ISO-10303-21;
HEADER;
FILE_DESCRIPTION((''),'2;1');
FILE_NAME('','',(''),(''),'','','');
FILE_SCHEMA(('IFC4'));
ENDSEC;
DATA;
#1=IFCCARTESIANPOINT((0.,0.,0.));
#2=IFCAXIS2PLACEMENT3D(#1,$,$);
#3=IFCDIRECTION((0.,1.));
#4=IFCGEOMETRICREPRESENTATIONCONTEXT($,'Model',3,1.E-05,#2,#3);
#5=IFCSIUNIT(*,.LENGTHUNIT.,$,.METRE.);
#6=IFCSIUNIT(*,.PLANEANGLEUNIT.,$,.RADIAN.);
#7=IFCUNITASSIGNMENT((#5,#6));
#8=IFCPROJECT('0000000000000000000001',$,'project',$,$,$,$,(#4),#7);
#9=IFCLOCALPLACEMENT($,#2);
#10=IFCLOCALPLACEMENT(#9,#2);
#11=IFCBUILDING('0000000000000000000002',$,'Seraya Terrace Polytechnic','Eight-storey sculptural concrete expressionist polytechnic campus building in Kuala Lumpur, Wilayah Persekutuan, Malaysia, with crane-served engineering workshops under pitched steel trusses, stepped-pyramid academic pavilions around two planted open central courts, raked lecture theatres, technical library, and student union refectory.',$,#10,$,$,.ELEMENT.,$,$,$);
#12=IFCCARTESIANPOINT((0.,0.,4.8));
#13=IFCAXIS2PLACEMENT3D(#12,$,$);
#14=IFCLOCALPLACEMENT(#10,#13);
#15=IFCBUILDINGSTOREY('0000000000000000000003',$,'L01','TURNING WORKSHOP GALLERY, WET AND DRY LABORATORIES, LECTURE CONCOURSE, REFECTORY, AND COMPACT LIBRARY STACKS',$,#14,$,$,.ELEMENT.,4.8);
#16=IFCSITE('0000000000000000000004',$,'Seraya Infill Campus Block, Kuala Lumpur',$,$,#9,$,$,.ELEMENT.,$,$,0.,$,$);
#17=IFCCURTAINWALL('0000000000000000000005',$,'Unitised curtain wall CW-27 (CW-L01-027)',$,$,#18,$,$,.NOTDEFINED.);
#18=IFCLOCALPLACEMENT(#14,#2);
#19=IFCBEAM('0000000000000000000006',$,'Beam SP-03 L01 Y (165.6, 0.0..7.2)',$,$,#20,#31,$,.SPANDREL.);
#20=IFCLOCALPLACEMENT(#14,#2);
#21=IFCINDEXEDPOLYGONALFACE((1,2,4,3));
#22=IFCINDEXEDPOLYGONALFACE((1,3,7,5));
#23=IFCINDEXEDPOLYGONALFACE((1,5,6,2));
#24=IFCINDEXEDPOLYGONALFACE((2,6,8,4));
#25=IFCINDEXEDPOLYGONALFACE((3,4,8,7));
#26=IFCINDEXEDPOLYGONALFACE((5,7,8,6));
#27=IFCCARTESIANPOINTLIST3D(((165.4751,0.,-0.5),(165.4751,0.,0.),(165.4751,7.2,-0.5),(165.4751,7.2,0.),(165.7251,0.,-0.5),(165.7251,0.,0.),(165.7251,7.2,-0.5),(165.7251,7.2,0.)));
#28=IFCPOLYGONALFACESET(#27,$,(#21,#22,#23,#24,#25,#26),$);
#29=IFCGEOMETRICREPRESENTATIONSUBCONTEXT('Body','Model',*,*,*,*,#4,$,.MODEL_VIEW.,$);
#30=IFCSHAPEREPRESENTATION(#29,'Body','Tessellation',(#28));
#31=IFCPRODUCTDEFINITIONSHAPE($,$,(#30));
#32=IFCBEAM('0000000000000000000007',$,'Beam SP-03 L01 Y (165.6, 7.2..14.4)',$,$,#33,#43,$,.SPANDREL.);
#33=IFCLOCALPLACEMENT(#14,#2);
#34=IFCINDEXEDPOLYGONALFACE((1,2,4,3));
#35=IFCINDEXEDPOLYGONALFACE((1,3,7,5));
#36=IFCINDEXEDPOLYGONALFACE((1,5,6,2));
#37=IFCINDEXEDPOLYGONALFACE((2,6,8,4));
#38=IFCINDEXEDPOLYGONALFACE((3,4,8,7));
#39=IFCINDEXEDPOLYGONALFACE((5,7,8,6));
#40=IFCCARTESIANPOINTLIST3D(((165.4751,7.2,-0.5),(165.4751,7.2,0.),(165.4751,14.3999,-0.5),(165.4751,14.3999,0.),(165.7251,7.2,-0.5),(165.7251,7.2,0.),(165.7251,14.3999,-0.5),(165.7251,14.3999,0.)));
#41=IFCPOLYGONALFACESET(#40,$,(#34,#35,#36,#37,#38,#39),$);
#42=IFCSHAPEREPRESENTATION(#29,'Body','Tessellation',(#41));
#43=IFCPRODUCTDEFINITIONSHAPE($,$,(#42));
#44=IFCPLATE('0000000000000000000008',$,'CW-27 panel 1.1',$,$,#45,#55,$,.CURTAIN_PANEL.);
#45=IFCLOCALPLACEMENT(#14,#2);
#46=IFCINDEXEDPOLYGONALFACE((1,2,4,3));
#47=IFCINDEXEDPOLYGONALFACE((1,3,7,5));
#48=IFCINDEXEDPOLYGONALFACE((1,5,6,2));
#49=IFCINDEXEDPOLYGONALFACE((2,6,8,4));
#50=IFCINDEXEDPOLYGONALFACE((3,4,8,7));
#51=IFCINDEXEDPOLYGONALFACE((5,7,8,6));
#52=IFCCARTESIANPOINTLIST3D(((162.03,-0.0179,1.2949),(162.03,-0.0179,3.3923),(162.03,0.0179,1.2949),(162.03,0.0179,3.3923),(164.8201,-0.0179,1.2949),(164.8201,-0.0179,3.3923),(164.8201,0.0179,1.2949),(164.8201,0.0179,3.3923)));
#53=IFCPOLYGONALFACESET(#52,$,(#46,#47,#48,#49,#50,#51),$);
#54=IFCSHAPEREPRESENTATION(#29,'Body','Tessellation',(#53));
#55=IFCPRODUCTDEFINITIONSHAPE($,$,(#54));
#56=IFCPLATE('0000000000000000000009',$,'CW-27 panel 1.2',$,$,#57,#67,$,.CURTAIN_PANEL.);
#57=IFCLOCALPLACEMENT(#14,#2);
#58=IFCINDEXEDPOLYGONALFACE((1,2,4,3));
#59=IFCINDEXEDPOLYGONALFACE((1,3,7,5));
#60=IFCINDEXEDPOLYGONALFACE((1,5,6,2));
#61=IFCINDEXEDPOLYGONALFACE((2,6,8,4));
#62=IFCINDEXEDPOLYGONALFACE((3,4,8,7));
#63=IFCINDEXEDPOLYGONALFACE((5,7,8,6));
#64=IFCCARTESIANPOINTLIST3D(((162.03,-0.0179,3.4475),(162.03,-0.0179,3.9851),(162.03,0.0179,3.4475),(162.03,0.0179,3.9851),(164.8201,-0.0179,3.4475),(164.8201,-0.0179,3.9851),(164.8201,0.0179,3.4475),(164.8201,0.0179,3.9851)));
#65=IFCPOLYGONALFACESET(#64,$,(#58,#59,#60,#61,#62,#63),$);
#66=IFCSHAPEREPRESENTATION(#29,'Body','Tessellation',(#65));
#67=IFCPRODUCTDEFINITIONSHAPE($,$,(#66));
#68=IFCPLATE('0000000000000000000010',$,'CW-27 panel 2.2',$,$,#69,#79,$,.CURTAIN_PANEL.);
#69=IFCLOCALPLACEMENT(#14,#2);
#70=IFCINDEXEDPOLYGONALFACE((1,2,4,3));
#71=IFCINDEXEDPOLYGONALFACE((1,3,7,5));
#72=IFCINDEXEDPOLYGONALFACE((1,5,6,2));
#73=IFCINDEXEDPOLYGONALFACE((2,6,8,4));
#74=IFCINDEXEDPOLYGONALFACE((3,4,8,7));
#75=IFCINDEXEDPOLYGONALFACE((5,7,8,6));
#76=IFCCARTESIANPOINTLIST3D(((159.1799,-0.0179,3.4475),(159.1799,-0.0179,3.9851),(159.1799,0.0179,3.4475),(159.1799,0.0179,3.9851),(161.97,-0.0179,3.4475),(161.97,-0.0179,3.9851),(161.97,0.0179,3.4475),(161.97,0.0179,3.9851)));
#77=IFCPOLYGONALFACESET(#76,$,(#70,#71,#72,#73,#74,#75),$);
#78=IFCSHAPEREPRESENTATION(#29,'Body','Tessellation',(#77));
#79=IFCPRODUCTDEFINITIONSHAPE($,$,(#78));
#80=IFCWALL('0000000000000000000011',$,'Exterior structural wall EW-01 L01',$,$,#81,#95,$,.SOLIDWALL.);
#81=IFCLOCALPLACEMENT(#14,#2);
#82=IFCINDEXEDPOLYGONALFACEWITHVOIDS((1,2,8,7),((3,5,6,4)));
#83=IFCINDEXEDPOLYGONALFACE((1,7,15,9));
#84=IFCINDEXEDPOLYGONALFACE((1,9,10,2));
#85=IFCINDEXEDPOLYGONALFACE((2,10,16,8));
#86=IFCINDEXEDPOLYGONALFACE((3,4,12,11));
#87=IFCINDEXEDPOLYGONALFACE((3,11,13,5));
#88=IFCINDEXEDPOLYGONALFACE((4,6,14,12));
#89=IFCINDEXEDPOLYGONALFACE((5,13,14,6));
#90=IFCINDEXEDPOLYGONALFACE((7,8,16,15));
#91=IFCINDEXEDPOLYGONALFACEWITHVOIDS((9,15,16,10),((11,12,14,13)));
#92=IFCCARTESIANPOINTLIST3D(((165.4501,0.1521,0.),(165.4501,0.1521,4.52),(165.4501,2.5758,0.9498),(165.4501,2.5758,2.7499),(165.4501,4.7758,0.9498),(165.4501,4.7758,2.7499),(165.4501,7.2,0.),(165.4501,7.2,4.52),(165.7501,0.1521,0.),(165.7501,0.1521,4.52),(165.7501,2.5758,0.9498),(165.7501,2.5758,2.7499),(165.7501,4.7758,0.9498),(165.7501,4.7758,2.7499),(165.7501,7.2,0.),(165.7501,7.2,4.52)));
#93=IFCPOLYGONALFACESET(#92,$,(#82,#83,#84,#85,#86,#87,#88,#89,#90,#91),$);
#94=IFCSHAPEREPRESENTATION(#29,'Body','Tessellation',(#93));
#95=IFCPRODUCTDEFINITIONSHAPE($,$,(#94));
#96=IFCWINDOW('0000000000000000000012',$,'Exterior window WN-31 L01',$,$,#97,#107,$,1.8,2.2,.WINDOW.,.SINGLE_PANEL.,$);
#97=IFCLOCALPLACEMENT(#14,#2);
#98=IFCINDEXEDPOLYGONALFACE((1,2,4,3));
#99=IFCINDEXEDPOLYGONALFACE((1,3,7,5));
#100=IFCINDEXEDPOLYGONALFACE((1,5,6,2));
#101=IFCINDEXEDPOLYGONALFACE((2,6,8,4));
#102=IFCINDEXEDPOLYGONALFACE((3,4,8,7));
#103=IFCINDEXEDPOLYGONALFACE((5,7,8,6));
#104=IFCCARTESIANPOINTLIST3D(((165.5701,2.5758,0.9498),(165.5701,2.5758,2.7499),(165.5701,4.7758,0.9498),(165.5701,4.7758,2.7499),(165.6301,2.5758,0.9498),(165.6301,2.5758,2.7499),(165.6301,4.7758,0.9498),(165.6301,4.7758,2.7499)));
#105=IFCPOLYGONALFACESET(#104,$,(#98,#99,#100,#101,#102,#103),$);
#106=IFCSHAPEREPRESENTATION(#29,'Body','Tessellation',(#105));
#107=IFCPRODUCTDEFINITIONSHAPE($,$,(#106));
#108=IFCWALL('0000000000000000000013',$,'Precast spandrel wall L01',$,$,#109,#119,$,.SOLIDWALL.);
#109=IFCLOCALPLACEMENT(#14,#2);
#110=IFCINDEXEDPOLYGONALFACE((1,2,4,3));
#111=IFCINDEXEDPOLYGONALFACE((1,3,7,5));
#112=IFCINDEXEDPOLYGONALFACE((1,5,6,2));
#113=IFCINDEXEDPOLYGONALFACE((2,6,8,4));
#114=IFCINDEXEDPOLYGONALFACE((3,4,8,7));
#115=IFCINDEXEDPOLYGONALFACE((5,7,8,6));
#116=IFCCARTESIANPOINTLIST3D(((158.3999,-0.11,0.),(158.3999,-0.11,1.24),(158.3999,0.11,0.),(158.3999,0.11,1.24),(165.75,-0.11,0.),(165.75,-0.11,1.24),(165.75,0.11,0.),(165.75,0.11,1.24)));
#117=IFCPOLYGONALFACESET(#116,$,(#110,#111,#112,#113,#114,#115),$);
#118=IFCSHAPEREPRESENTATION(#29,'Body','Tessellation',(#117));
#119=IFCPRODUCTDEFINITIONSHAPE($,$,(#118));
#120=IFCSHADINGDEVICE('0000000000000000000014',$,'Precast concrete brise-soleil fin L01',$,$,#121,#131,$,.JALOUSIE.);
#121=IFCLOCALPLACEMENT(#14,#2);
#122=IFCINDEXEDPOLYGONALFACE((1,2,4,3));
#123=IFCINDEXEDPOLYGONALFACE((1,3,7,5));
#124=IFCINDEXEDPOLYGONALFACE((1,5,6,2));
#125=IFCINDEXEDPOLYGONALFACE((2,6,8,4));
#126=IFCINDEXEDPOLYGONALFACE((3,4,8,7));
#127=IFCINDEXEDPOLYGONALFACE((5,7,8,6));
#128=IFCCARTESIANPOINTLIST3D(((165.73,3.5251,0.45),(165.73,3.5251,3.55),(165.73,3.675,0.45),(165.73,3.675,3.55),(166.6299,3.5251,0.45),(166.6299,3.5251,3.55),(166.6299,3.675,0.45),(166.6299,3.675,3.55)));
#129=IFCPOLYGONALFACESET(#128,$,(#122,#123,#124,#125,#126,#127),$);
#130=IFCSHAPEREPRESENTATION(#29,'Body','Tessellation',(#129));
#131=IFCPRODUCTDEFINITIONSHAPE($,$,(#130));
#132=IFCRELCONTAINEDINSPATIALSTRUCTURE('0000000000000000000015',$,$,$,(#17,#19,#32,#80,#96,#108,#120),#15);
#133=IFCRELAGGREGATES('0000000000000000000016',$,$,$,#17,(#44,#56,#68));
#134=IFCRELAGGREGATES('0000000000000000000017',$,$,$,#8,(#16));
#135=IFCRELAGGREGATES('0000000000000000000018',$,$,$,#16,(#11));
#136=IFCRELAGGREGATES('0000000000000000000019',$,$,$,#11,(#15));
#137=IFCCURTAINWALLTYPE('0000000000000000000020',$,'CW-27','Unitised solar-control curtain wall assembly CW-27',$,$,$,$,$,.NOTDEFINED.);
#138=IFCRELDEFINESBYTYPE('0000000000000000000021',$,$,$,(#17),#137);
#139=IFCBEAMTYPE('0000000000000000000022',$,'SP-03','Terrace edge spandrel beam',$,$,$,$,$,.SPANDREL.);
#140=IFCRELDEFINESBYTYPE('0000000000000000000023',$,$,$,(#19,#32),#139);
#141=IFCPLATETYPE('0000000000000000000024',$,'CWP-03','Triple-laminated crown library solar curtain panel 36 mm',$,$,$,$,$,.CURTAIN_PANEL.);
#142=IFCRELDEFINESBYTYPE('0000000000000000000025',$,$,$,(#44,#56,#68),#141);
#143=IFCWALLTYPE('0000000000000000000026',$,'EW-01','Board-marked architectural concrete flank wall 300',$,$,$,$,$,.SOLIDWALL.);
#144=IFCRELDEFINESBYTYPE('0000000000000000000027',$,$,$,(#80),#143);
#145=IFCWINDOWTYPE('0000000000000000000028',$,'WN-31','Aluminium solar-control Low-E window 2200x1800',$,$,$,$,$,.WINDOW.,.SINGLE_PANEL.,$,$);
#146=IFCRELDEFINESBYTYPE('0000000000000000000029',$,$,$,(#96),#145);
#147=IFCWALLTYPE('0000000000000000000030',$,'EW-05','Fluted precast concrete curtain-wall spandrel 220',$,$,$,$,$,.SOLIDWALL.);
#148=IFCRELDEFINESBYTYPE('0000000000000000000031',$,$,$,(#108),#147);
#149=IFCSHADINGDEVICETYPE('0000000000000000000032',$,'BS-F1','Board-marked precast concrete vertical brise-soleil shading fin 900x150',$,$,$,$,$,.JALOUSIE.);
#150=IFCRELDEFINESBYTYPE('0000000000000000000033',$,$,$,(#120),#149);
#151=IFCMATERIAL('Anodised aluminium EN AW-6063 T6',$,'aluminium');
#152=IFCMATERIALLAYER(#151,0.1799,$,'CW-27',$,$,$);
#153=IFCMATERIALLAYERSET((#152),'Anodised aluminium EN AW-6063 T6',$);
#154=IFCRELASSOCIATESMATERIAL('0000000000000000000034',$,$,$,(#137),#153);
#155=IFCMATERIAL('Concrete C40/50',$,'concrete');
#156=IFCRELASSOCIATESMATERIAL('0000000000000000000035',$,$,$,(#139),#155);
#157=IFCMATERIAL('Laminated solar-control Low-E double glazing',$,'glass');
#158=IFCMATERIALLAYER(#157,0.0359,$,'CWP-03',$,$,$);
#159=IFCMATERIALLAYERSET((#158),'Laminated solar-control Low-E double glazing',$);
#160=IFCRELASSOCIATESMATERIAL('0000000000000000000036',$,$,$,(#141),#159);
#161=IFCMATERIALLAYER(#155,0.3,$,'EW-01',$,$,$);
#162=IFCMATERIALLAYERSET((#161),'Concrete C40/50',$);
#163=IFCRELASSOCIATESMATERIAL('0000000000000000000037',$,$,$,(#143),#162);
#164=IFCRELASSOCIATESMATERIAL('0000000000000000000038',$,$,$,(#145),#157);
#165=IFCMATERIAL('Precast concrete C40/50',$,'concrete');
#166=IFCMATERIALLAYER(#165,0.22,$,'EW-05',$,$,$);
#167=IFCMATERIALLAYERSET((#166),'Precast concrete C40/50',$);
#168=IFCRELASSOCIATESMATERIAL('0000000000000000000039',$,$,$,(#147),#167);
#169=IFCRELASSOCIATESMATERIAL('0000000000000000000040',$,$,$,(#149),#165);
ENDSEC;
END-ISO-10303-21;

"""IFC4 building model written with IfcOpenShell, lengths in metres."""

from ifc_helpers import new_model, si_unit, direction, frame, frame_2d, origin, origin_2d, place, context, subcontext, project, spatial, rectangle, extrude, material, layer, layer_set, material_profile, profile_set, type_object, element, fill, aggregate, save


model = new_model("IFC4")

# Units and contexts
model_context = context("Model", 3, precision=1e-05, world=origin(), true_north=direction((0.0, 1.0)))
body_context = subcontext(model_context, "Body", "Model", "MODEL_VIEW")
ifc_project = project(units=[si_unit("LENGTHUNIT", "METRE"), si_unit("PLANEANGLEUNIT", "RADIAN")], contexts=[model_context])

# Site, building, storey
site_placement = place(None, origin())
site = spatial("IfcSite", under=ifc_project, at=site_placement, Name="Seraya Infill Campus Block, Kuala Lumpur", CompositionType="ELEMENT", RefElevation=0.0)
building_placement = place(site_placement, origin())
building = spatial("IfcBuilding", under=site, at=building_placement, Name="Seraya Terrace Polytechnic", Description="Eight-storey sculptural concrete expressionist polytechnic campus building in Kuala Lumpur, Wilayah Persekutuan, Malaysia, with crane-served engineering workshops under pitched steel trusses, stepped-pyramid academic pavilions around two planted open central courts, raked lecture theatres, technical library, and student union refectory.", CompositionType="ELEMENT")
storey_placement = place(building_placement, frame((0.0, 0.0, 4.8)))
storey = spatial("IfcBuildingStorey", under=building, at=storey_placement, Name="L01", Description="TURNING WORKSHOP GALLERY, WET AND DRY LABORATORIES, LECTURE CONCOURSE, REFECTORY, AND COMPACT LIBRARY STACKS", CompositionType="ELEMENT", Elevation=4.8)

# Shared definitions
ifc_material_1 = material(Name="Concrete C40/50", Category="concrete")

# Shared definitions
ifc_material_2 = material(Name="Anodised aluminium EN AW-6063 T6", Category="aluminium")

# Curtain wall
ifc_layer_1 = layer(ifc_material_2, 0.1799, Name="CW-27")
ifc_layer_set_1 = layer_set([ifc_layer_1], Name="Anodised aluminium EN AW-6063 T6")
curtain_wall_type_1 = type_object("IfcCurtainWallType", Name="CW-27", Description="Unitised solar-control curtain wall assembly CW-27", PredefinedType="NOTDEFINED", material=ifc_layer_set_1)
curtain_wall_1_placement = place(storey_placement, origin())
curtain_wall_1 = element("IfcCurtainWall", 1, at=curtain_wall_1_placement, inside=storey, type_object=curtain_wall_type_1, Name="Unitised curtain wall CW-27 (CW-L01-027)", PredefinedType="NOTDEFINED")

# Beams
ifc_material_profile_1 = material_profile(ifc_material_1, rectangle(XDim=0.25, YDim=0.5, at=origin_2d()), Name="RC 250x500")
ifc_profile_set_1 = profile_set([ifc_material_profile_1], Name="Concrete C40/50")
beam_type = type_object("IfcBeamType", Name="SP-03", Description="Terrace edge spandrel beam", PredefinedType="SPANDREL", material=ifc_profile_set_1)
for number, where, z_axis, x_axis, name in (
    (2, (165.6001, 0.0, -0.25), (0.0, 1.0, 0.0), (-1.0, 0.0, 0.0), "Beam SP-03 L01 Y (165.6, 0.0..7.2)"),
    (3, (165.6001, 7.2, -0.25), (0.0, 1.0, 0.0), (-1.0, 0.0, 0.0), "Beam SP-03 L01 Y (165.6, 7.2..14.4)"),
):
    element("IfcBeam", number, at=place(storey_placement, frame(where, z_axis=z_axis, x_axis=x_axis)), inside=storey, type_object=beam_type, Name=name, PredefinedType="SPANDREL", context=body_context, shape_type="SweptSolid", body=[
        extrude(rectangle(XDim=0.25, YDim=0.5, at=origin_2d()), origin(), (0.0, 0.0, 1.0), 7.2),
    ])

# Plates
ifc_material_3 = material(Name="Laminated solar-control Low-E double glazing", Category="glass")
ifc_layer_2 = layer(ifc_material_3, 0.0359, Name="CWP-03")
ifc_layer_set_2 = layer_set([ifc_layer_2], Name="Laminated solar-control Low-E double glazing")
plate_type = type_object("IfcPlateType", Name="CWP-03", Description="Triple-laminated crown library solar curtain panel 36 mm", PredefinedType="CURTAIN_PANEL", material=ifc_layer_set_2)
plate_1_placement = place(storey_placement, frame((163.425, 0.0, 1.2949), z_axis=(0.0, 0.0, 1.0), x_axis=(-1.0, 0.0, 0.0)))
plate_1 = element("IfcPlate", 4, at=plate_1_placement, type_object=plate_type, Name="CW-27 panel 1.1", PredefinedType="CURTAIN_PANEL", context=body_context, shape_type="SweptSolid", body=[
    extrude(rectangle(XDim=2.79, YDim=0.0359, at=origin_2d()), origin(), (0.0, 0.0, 1.0), 2.0974),
])
plate_2_placement = place(storey_placement, frame((163.425, 0.0, 3.4475), z_axis=(0.0, 0.0, 1.0), x_axis=(-1.0, 0.0, 0.0)))
plate_2 = element("IfcPlate", 5, at=plate_2_placement, type_object=plate_type, Name="CW-27 panel 1.2", PredefinedType="CURTAIN_PANEL", context=body_context, shape_type="SweptSolid", body=[
    extrude(rectangle(XDim=2.79, YDim=0.0359, at=origin_2d()), origin(), (0.0, 0.0, 1.0), 0.5376),
])
plate_3_placement = place(storey_placement, frame((160.575, 0.0, 3.4475), z_axis=(0.0, 0.0, 1.0), x_axis=(-1.0, 0.0, 0.0)))
plate_3 = element("IfcPlate", 6, at=plate_3_placement, type_object=plate_type, Name="CW-27 panel 2.2", PredefinedType="CURTAIN_PANEL", context=body_context, shape_type="SweptSolid", body=[
    extrude(rectangle(XDim=2.79, YDim=0.0359, at=origin_2d()), origin(), (0.0, 0.0, 1.0), 0.5376),
])
aggregate(curtain_wall_1, [plate_1, plate_2, plate_3])

# Wall, opening, window
ifc_layer_3 = layer(ifc_material_1, 0.3, Name="EW-01")
ifc_layer_set_3 = layer_set([ifc_layer_3], Name="Concrete C40/50")
wall_type_1 = type_object("IfcWallType", Name="EW-01", Description="Board-marked architectural concrete flank wall 300", PredefinedType="SOLIDWALL", material=ifc_layer_set_3)
wall_1_placement = place(storey_placement, frame((165.6001, 7.2, 0.0), z_axis=(0.0, 0.0, 1.0), x_axis=(0.0, -1.0, 0.0)))
wall_1 = element("IfcWall", 7, at=wall_1_placement, inside=storey, type_object=wall_type_1, Name="Exterior structural wall EW-01 L01", PredefinedType="SOLIDWALL", context=body_context, shape_type="SweptSolid", body=[
    extrude(rectangle(XDim=7.0479, YDim=0.3, at=frame_2d((3.5239, 0.0))), origin(), (0.0, 0.0, 1.0), 4.52),
])
opening_placement = place(wall_1_placement, frame((2.4241, 0.0, 0.95)))
opening = element("IfcOpeningElement", 8, at=opening_placement, cuts=wall_1, PredefinedType="OPENING", context=body_context, shape_type="SweptSolid", body=[
    extrude(rectangle(XDim=2.2, YDim=1.8, at=frame_2d((1.1001, 0.8999))), frame((0.0, 0.1621, 0.0), z_axis=(0.0, -1.0, 0.0), x_axis=(1.0, 0.0, 0.0)), (0.0, 0.0, 1.0), 0.324),
])
window_type = type_object("IfcWindowType", Name="WN-31", Description="Aluminium solar-control Low-E window 2200x1800", PartitioningType="SINGLE_PANEL", PredefinedType="WINDOW", material=ifc_material_3)
window_placement = place(opening_placement, origin())
window = element("IfcWindow", 9, at=window_placement, inside=storey, type_object=window_type, Name="Exterior window WN-31 L01", OverallHeight=1.8, OverallWidth=2.2, PartitioningType="SINGLE_PANEL", PredefinedType="WINDOW", context=body_context, shape_type="SweptSolid", body=[
    extrude(rectangle(XDim=2.2, YDim=1.8, at=frame_2d((1.1001, 0.8999))), frame((0.0, 0.03, 0.0), z_axis=(0.0, -1.0, 0.0), x_axis=(1.0, 0.0, 0.0)), (0.0, 0.0, 1.0), 0.0601),
])
fill(opening, window)

# Wall
ifc_material_4 = material(Name="Precast concrete C40/50", Category="concrete")
ifc_layer_4 = layer(ifc_material_4, 0.22, Name="EW-05")
ifc_layer_set_4 = layer_set([ifc_layer_4], Name="Precast concrete C40/50")
wall_type_2 = type_object("IfcWallType", Name="EW-05", Description="Fluted precast concrete curtain-wall spandrel 220", PredefinedType="SOLIDWALL", material=ifc_layer_set_4)
wall_2_placement = place(storey_placement, frame((165.75, 0.0, 0.0), z_axis=(0.0, 0.0, 1.0), x_axis=(-1.0, 0.0, 0.0)))
element("IfcWall", 10, at=wall_2_placement, inside=storey, type_object=wall_type_2, Name="Precast spandrel wall L01", PredefinedType="SOLIDWALL", context=body_context, shape_type="SweptSolid", body=[
    extrude(rectangle(XDim=7.3501, YDim=0.22, at=frame_2d((3.675, 0.0))), origin(), (0.0, 0.0, 1.0), 1.24),
])

# Shading device
shading_device_type = type_object("IfcShadingDeviceType", Name="BS-F1", Description="Board-marked precast concrete vertical brise-soleil shading fin 900x150", PredefinedType="JALOUSIE", material=ifc_material_4)
shading_device_placement = place(storey_placement, frame((166.1799, 3.6001, 0.45), z_axis=(0.0, 0.0, 1.0), x_axis=(1.0, 0.0, 0.0)))
element("IfcShadingDevice", 11, at=shading_device_placement, inside=storey, type_object=shading_device_type, Name="Precast concrete brise-soleil fin L01", PredefinedType="JALOUSIE", context=body_context, shape_type="SweptSolid", body=[
    extrude(rectangle(XDim=0.8999, YDim=0.1499, at=origin_2d()), origin(), (0.0, 0.0, 1.0), 3.1001),
])

save(model, "model.ifc")
